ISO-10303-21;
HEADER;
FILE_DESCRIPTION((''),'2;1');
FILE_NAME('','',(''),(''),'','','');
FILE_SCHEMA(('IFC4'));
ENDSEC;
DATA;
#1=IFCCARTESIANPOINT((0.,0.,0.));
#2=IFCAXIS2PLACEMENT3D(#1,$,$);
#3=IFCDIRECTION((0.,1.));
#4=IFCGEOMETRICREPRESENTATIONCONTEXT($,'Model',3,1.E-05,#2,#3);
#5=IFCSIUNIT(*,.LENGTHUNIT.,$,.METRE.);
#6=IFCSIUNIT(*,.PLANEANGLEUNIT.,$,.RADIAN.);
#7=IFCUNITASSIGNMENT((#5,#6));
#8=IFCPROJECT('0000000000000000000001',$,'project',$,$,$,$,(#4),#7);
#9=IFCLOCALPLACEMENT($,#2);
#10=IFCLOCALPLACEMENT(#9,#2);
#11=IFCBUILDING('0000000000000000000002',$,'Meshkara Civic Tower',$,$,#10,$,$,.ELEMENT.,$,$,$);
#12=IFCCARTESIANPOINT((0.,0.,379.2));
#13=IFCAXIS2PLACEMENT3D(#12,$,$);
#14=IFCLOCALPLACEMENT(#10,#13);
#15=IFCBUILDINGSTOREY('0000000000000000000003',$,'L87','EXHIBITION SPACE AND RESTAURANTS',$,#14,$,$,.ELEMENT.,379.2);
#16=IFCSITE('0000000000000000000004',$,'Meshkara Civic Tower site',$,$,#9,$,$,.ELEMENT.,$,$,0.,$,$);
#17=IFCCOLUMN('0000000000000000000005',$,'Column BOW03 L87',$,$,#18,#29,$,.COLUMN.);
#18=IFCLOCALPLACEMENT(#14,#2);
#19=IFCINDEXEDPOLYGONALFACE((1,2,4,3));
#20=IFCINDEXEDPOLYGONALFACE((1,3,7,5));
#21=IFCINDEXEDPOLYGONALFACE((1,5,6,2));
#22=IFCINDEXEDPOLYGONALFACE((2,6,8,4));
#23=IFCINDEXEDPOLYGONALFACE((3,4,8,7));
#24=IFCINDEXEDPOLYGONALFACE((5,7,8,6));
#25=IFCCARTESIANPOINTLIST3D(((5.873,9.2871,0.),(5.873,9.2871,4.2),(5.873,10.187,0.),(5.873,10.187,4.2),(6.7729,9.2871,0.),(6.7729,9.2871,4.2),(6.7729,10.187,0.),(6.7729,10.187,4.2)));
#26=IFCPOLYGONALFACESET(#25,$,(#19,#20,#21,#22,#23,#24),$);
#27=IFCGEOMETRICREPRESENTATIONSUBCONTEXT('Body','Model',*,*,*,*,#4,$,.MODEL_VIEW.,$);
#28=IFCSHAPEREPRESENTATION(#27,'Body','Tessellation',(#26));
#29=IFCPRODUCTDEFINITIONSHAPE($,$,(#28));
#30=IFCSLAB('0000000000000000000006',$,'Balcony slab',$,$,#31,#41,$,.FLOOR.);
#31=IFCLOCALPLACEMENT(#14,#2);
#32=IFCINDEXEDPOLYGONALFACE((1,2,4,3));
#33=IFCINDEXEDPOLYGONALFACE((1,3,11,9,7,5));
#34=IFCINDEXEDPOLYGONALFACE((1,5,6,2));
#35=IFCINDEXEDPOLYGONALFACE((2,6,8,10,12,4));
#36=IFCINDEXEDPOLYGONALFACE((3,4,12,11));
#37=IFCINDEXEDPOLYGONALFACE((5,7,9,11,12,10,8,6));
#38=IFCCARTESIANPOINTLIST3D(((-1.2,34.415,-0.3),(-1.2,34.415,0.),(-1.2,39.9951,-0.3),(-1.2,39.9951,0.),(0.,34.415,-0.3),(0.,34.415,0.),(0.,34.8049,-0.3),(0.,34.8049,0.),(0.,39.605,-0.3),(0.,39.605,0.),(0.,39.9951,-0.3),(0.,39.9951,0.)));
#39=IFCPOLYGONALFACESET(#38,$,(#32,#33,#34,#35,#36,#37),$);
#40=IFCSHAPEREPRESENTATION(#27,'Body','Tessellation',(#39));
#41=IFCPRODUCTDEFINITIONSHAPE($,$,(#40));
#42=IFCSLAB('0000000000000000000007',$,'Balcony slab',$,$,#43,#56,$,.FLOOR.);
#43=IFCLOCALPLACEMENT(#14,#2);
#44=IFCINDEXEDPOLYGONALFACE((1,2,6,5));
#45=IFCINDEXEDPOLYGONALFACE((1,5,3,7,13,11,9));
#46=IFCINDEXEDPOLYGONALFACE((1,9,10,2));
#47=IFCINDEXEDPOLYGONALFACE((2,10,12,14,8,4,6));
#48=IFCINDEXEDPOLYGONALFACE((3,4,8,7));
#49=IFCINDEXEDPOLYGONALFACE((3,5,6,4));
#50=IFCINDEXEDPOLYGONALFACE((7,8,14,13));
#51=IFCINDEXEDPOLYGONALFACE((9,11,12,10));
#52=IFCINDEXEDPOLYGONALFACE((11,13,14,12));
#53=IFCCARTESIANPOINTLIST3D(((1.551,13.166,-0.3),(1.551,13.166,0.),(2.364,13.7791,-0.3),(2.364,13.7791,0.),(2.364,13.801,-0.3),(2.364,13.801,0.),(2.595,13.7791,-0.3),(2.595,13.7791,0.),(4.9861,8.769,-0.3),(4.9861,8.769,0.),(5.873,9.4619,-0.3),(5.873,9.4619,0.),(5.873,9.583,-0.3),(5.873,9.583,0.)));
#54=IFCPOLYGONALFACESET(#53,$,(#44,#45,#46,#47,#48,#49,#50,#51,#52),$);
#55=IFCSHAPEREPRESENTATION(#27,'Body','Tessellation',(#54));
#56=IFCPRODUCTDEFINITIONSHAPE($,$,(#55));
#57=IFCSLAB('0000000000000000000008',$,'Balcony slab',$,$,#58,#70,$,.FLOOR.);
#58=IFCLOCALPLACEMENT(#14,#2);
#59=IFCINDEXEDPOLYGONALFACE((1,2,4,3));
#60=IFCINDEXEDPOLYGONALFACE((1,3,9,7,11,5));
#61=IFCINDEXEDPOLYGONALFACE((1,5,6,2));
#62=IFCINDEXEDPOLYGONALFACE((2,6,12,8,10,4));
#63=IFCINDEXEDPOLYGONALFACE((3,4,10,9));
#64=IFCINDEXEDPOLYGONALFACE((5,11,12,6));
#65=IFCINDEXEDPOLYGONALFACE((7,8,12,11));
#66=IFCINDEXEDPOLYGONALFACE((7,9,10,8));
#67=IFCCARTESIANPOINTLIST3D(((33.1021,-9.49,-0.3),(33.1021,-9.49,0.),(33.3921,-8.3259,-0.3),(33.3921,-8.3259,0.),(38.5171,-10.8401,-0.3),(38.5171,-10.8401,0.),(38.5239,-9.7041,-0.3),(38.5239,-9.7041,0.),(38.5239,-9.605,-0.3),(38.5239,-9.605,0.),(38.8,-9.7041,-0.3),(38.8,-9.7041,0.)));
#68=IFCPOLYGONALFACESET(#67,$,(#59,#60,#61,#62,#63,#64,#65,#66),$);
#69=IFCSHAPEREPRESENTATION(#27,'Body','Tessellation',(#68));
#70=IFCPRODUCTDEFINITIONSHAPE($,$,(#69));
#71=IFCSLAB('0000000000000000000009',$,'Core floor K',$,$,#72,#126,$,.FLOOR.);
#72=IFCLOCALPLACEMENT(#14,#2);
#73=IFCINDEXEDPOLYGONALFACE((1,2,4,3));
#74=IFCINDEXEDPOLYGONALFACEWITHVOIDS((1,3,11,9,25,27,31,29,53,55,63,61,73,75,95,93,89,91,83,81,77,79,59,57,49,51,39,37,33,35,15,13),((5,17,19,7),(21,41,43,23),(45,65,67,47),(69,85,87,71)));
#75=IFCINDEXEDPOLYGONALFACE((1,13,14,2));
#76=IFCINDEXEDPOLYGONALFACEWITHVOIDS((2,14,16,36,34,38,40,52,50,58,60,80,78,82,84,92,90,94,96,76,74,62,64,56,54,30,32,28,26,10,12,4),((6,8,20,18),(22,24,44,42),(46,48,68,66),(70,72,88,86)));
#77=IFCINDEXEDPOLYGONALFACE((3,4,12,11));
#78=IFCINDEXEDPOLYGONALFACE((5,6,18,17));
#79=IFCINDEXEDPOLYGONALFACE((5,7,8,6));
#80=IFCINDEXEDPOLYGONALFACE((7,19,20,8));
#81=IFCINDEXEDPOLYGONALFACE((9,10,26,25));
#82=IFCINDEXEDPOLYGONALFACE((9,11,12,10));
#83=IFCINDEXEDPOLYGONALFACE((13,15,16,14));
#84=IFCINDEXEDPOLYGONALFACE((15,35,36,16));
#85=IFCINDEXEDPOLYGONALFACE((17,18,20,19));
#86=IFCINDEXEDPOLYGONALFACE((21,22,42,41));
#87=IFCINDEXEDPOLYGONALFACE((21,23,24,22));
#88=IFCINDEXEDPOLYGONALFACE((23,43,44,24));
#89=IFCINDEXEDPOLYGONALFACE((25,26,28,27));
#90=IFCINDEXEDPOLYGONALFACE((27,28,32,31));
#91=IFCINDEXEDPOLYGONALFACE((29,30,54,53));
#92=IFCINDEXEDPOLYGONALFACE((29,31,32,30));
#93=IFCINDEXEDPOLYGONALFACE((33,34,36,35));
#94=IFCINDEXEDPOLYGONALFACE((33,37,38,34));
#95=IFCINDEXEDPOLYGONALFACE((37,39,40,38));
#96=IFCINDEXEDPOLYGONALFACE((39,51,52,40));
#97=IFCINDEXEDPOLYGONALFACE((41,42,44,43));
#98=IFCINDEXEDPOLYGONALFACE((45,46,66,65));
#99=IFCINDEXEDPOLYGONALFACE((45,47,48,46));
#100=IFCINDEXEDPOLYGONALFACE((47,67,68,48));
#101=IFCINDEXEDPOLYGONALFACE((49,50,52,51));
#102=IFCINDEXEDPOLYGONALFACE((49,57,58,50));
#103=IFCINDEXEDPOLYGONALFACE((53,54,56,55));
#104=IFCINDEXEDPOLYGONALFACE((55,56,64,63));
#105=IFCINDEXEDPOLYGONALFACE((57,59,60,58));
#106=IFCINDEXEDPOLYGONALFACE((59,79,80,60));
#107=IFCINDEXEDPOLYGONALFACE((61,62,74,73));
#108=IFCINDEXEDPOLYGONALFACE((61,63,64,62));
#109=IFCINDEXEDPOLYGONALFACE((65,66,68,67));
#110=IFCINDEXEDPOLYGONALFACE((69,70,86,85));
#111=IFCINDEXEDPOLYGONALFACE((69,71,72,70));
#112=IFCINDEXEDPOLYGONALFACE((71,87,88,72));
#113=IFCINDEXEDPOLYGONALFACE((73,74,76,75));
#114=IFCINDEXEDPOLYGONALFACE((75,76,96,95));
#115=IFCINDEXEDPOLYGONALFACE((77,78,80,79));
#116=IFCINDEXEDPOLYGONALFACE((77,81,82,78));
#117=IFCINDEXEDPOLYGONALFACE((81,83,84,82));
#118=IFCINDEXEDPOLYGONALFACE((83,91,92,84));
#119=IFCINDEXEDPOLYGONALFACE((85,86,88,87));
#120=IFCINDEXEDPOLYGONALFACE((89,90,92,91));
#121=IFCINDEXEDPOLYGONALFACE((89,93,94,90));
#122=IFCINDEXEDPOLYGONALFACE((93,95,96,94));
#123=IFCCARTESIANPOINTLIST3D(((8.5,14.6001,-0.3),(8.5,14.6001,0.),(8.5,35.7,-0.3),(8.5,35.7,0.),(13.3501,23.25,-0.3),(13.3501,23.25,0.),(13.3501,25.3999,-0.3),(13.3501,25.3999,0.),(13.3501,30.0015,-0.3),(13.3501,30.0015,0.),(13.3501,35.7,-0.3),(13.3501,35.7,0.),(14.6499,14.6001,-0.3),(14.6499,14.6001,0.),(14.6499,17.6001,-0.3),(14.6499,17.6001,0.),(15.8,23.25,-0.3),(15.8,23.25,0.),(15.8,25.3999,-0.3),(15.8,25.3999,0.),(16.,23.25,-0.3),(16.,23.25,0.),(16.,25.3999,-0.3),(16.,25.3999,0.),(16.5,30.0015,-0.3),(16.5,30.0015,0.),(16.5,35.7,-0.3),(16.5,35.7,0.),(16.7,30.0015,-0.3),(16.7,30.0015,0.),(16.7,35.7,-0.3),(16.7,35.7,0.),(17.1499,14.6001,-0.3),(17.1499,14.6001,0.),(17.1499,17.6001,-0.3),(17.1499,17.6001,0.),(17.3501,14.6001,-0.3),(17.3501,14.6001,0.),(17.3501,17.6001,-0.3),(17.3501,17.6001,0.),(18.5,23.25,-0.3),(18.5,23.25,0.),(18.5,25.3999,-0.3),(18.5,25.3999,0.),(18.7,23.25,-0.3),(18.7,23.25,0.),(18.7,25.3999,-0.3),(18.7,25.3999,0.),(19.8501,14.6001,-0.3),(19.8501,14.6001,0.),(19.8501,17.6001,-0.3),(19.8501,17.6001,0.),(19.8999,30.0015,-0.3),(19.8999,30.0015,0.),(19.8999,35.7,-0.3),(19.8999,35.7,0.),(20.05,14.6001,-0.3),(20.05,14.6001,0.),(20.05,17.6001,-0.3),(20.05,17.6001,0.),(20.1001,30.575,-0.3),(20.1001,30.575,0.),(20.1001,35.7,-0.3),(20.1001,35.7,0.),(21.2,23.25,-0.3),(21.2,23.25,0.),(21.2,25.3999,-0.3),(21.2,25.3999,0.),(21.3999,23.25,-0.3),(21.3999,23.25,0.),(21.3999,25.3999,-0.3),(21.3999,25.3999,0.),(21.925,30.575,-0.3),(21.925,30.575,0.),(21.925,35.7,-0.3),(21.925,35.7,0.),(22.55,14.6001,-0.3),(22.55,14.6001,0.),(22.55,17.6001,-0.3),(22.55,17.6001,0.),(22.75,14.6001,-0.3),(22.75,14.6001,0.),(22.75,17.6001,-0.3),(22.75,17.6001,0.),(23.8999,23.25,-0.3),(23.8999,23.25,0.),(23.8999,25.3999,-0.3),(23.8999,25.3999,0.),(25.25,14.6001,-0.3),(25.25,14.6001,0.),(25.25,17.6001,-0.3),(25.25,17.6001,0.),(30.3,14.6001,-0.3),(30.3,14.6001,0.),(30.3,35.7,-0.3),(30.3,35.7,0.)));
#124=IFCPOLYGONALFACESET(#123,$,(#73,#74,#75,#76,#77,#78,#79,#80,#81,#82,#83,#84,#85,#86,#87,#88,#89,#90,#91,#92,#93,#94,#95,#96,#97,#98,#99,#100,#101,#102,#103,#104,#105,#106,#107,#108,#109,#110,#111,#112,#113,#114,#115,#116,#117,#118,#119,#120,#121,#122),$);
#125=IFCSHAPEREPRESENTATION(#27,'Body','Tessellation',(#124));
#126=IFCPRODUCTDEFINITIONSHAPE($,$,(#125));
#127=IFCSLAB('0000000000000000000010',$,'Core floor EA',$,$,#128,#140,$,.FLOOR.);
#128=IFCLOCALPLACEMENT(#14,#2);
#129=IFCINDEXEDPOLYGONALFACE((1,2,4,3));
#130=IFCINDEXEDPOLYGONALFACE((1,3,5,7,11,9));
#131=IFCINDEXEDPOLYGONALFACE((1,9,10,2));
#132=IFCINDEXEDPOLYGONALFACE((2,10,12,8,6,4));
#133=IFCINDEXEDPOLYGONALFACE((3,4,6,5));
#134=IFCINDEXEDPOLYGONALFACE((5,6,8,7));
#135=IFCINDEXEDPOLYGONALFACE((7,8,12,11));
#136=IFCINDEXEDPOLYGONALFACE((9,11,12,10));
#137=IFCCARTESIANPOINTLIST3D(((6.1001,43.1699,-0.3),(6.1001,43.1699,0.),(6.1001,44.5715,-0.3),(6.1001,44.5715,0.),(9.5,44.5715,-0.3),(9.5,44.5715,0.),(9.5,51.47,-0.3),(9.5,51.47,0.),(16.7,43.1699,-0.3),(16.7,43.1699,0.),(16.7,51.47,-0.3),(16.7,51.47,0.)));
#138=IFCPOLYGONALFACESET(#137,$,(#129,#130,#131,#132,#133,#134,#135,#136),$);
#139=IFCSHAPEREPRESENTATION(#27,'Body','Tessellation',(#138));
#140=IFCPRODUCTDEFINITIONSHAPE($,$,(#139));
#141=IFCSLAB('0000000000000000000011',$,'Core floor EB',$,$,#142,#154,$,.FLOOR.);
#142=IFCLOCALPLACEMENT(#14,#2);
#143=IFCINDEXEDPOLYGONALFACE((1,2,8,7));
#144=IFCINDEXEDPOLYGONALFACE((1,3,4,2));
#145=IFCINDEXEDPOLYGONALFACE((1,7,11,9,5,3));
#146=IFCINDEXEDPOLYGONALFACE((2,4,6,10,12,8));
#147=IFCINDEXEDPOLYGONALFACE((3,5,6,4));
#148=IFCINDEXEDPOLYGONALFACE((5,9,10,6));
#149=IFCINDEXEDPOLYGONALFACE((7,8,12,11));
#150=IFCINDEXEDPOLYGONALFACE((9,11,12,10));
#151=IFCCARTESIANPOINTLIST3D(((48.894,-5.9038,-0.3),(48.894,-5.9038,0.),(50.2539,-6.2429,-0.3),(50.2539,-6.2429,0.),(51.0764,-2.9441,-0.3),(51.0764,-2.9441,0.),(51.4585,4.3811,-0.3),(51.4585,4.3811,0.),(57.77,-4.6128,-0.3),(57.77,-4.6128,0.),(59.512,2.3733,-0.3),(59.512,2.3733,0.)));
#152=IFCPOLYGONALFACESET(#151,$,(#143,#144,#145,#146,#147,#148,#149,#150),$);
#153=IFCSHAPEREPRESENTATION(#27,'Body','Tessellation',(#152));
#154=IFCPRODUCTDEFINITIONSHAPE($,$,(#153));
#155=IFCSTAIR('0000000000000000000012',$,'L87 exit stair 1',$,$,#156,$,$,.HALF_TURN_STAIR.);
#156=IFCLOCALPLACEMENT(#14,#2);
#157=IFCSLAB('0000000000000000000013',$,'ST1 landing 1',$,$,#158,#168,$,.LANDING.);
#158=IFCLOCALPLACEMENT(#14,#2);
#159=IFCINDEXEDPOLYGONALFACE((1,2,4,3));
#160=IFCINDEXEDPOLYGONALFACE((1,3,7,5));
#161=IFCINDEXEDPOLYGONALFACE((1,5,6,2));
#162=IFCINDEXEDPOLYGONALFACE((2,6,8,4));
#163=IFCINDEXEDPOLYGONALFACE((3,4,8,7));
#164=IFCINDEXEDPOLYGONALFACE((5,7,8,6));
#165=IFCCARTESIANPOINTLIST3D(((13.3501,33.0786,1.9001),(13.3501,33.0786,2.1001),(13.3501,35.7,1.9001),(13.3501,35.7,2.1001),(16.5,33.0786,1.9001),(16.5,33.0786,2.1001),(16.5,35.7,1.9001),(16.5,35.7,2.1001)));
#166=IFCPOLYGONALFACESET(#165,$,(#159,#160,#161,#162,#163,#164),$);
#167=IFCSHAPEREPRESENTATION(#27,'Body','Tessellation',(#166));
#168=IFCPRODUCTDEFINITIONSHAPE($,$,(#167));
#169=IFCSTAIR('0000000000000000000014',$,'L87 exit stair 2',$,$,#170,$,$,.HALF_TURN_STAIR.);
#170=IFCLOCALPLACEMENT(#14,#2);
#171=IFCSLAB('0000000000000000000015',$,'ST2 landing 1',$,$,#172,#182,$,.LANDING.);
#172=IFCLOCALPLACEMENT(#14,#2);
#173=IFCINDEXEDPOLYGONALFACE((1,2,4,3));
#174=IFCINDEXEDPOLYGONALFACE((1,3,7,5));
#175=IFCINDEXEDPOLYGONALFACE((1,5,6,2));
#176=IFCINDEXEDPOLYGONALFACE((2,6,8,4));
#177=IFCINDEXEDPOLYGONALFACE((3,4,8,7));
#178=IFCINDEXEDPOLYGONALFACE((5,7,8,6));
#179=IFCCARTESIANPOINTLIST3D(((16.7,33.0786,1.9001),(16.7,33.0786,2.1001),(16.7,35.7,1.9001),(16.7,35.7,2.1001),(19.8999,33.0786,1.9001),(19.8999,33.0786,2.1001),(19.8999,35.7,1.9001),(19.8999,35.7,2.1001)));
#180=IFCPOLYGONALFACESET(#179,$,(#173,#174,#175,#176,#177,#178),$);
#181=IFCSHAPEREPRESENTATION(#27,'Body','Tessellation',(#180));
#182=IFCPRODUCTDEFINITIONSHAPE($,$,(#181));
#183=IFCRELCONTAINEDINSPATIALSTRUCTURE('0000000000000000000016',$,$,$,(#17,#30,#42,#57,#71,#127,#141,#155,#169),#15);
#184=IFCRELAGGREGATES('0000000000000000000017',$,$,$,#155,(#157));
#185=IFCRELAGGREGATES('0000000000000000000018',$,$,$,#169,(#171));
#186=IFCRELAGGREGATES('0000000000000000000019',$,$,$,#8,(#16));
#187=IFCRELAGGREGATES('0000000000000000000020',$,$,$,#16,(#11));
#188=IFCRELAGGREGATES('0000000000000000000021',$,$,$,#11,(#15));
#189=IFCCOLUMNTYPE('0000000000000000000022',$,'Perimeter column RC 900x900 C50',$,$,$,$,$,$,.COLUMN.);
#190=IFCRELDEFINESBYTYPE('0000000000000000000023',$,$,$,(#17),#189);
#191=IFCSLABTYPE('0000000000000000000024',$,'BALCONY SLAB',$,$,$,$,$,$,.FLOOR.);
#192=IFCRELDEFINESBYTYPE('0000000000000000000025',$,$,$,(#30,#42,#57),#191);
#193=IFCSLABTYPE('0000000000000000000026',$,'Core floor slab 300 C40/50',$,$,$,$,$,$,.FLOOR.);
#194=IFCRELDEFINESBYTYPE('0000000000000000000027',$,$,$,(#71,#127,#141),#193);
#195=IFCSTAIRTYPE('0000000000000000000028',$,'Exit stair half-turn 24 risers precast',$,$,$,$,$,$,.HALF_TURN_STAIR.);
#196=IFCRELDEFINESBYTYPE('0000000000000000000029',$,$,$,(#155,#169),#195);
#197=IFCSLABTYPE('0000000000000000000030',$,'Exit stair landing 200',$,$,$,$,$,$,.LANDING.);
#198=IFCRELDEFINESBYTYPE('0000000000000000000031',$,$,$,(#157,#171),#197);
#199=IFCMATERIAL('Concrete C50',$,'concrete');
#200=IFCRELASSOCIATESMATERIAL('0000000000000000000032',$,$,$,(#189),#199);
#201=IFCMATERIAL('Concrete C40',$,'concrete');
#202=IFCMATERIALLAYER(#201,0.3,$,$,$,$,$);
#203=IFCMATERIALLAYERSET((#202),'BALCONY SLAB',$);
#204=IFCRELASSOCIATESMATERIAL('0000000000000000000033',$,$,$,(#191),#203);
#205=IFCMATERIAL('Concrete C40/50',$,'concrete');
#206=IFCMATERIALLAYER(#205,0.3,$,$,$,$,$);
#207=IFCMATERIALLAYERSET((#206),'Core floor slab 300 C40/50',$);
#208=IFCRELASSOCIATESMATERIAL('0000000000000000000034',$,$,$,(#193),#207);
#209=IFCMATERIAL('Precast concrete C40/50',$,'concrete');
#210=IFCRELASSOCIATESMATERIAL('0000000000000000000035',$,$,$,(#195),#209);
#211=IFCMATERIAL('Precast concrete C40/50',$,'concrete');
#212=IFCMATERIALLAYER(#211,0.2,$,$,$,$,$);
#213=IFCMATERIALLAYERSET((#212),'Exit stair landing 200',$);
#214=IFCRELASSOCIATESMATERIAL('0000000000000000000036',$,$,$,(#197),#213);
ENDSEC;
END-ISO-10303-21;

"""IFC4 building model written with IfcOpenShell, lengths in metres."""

from ifc_helpers import new_model, si_unit, direction, frame, origin, origin_2d, place, context, subcontext, project, spatial, polyline, rectangle, outline, extrude, material, layer, layer_set, material_profile, profile_set, type_object, element, aggregate, save


model = new_model("IFC4")

# Units and contexts
model_context = context("Model", 3, precision=1e-05, world=origin(), true_north=direction((0.0, 1.0)))
body_context = subcontext(model_context, "Body", "Model", "MODEL_VIEW")
ifc_project = project(units=[si_unit("LENGTHUNIT", "METRE"), si_unit("PLANEANGLEUNIT", "RADIAN")], contexts=[model_context])

# Site, building, storey
site_placement = place(None, origin())
site = spatial("IfcSite", under=ifc_project, at=site_placement, Name="Meshkara Civic Tower site", CompositionType="ELEMENT", RefElevation=0.0)
building_placement = place(site_placement, origin())
building = spatial("IfcBuilding", under=site, at=building_placement, Name="Meshkara Civic Tower", CompositionType="ELEMENT")
storey_placement = place(building_placement, frame((0.0, 0.0, 379.2)))
storey = spatial("IfcBuildingStorey", under=building, at=storey_placement, Name="L87", Description="EXHIBITION SPACE AND RESTAURANTS", CompositionType="ELEMENT", Elevation=379.2)

# Column
ifc_material_1 = material(Name="Concrete C50", Category="concrete")
ifc_material_profile = material_profile(ifc_material_1, rectangle(XDim=0.8999, YDim=0.8999, at=origin_2d()))
ifc_profile_set = profile_set([ifc_material_profile], Name="Concrete C50")
column_type = type_object("IfcColumnType", Name="Perimeter column RC 900x900 C50", PredefinedType="COLUMN", material=ifc_profile_set)
column_placement = place(storey_placement, frame((6.323, 9.7371, 0.0), z_axis=(0.0, 0.0, 1.0), x_axis=(1.0, 0.0, 0.0)))
element("IfcColumn", 1, at=column_placement, inside=storey, type_object=column_type, Name="Column BOW03 L87", PredefinedType="COLUMN", context=body_context, shape_type="SweptSolid", body=[
    extrude(rectangle(XDim=0.8999, YDim=0.8999, at=origin_2d()), origin(), (0.0, 0.0, 1.0), 4.2),
])

# Slabs
ifc_material_2 = material(Name="Concrete C40", Category="concrete")
ifc_layer_1 = layer(ifc_material_2, 0.3)
ifc_layer_set_1 = layer_set([ifc_layer_1], Name="BALCONY SLAB")
slab_type_1 = type_object("IfcSlabType", Name="BALCONY SLAB", PredefinedType="FLOOR", material=ifc_layer_set_1)
slab_1_placement = place(storey_placement, frame((0.0, 0.0, -0.3)))
element("IfcSlab", 2, at=slab_1_placement, inside=storey, type_object=slab_type_1, Name="Balcony slab", PredefinedType="FLOOR", context=body_context, shape_type="SweptSolid", body=[
    extrude(outline(polyline([(0.0, 34.8049), (0.0, 34.415), (-1.2, 34.415), (-1.2, 39.9951), (0.0, 39.9951), (0.0, 39.605), (0.0, 34.8049)])), origin(), (0.0, 0.0, 1.0), 0.3),
])
slab_2_placement = place(storey_placement, frame((0.0, 0.0, -0.3)))
element("IfcSlab", 3, at=slab_2_placement, inside=storey, type_object=slab_type_1, Name="Balcony slab", PredefinedType="FLOOR", context=body_context, shape_type="SweptSolid", body=[
    extrude(outline(polyline([(4.9861, 8.769), (1.551, 13.166), (2.364, 13.801), (2.364, 13.7791), (2.595, 13.7791), (5.873, 9.583), (5.873, 9.4619), (4.9861, 8.769)])), origin(), (0.0, 0.0, 1.0), 0.3),
])
slab_3_placement = place(storey_placement, frame((0.0, 0.0, -0.3)))
element("IfcSlab", 4, at=slab_3_placement, inside=storey, type_object=slab_type_1, Name="Balcony slab", PredefinedType="FLOOR", context=body_context, shape_type="SweptSolid", body=[
    extrude(outline(polyline([(38.5171, -10.8401), (33.1021, -9.49), (33.3921, -8.3259), (38.5239, -9.605), (38.5239, -9.7041), (38.8, -9.7041), (38.5171, -10.8401)])), origin(), (0.0, 0.0, 1.0), 0.3),
])
ifc_material_3 = material(Name="Concrete C40/50", Category="concrete")
ifc_layer_2 = layer(ifc_material_3, 0.3)
ifc_layer_set_2 = layer_set([ifc_layer_2], Name="Core floor slab 300 C40/50")
slab_type_2 = type_object("IfcSlabType", Name="Core floor slab 300 C40/50", PredefinedType="FLOOR", material=ifc_layer_set_2)
slab_4_placement = place(storey_placement, frame((0.0, 0.0, -0.3)))
element("IfcSlab", 5, at=slab_4_placement, inside=storey, type_object=slab_type_2, Name="Core floor K", PredefinedType="FLOOR", context=body_context, shape_type="SweptSolid", body=[
    extrude(outline(polyline([(8.5, 35.7), (13.3501, 35.7), (13.3501, 30.0015), (16.5, 30.0015), (16.5, 35.7), (16.7, 35.7), (16.7, 30.0015), (19.8999, 30.0015), (19.8999, 35.7), (20.1001, 35.7), (20.1001, 30.575), (21.925, 30.575), (21.925, 35.7), (30.3, 35.7), (30.3, 14.6001), (25.25, 14.6001), (25.25, 17.6001), (22.75, 17.6001), (22.75, 14.6001), (22.55, 14.6001), (22.55, 17.6001), (20.05, 17.6001), (20.05, 14.6001), (19.8501, 14.6001), (19.8501, 17.6001), (17.3501, 17.6001), (17.3501, 14.6001), (17.1499, 14.6001), (17.1499, 17.6001), (14.6499, 17.6001), (14.6499, 14.6001), (8.5, 14.6001), (8.5, 35.7)]), holes=[polyline([(13.3501, 23.25), (15.8, 23.25), (15.8, 25.3999), (13.3501, 25.3999), (13.3501, 23.25)]), polyline([(18.5, 23.25), (18.5, 25.3999), (16.0, 25.3999), (16.0, 23.25), (18.5, 23.25)]), polyline([(18.7, 23.25), (21.2, 23.25), (21.2, 25.3999), (18.7, 25.3999), (18.7, 23.25)]), polyline([(23.8999, 23.25), (23.8999, 25.3999), (21.3999, 25.3999), (21.3999, 23.25), (23.8999, 23.25)])]), origin(), (0.0, 0.0, 1.0), 0.3),
])
slab_5_placement = place(storey_placement, frame((0.0, 0.0, -0.3)))
element("IfcSlab", 6, at=slab_5_placement, inside=storey, type_object=slab_type_2, Name="Core floor EA", PredefinedType="FLOOR", context=body_context, shape_type="SweptSolid", body=[
    extrude(outline(polyline([(16.7, 43.1699), (16.7, 51.47), (9.5, 51.47), (9.5, 44.5715), (6.1001, 44.5715), (6.1001, 43.1699), (16.7, 43.1699)])), origin(), (0.0, 0.0, 1.0), 0.3),
])
slab_6_placement = place(storey_placement, frame((0.0, 0.0, -0.3)))
element("IfcSlab", 7, at=slab_6_placement, inside=storey, type_object=slab_type_2, Name="Core floor EB", PredefinedType="FLOOR", context=body_context, shape_type="SweptSolid", body=[
    extrude(outline(polyline([(51.4585, 4.3811), (59.512, 2.3733), (57.77, -4.6128), (51.0764, -2.9441), (50.2539, -6.2429), (48.894, -5.9038), (51.4585, 4.3811)])), origin(), (0.0, 0.0, 1.0), 0.3),
])

# Stairs, slabs
ifc_material_4 = material(Name="Precast concrete C40/50", Category="concrete")
stair_type = type_object("IfcStairType", Name="Exit stair half-turn 24 risers precast", PredefinedType="HALF_TURN_STAIR", material=ifc_material_4)
stair_1_placement = place(storey_placement, origin())
stair_1 = element("IfcStair", 8, at=stair_1_placement, inside=storey, type_object=stair_type, Name="L87 exit stair 1", PredefinedType="HALF_TURN_STAIR")
ifc_material_5 = material(Name="Precast concrete C40/50", Category="concrete")
ifc_layer_3 = layer(ifc_material_5, 0.2)
ifc_layer_set_3 = layer_set([ifc_layer_3], Name="Exit stair landing 200")
slab_type_3 = type_object("IfcSlabType", Name="Exit stair landing 200", PredefinedType="LANDING", material=ifc_layer_set_3)
slab_7_placement = place(storey_placement, frame((0.0, 0.0, 1.9001)))
slab_7 = element("IfcSlab", 9, at=slab_7_placement, type_object=slab_type_3, Name="ST1 landing 1", PredefinedType="LANDING", context=body_context, shape_type="SweptSolid", body=[
    extrude(outline(polyline([(16.5, 33.0786), (16.5, 35.7), (13.3501, 35.7), (13.3501, 33.0786), (16.5, 33.0786)])), origin(), (0.0, 0.0, 1.0), 0.2),
])
aggregate(stair_1, [slab_7])
stair_2_placement = place(storey_placement, origin())
stair_2 = element("IfcStair", 10, at=stair_2_placement, inside=storey, type_object=stair_type, Name="L87 exit stair 2", PredefinedType="HALF_TURN_STAIR")
slab_8_placement = place(storey_placement, frame((0.0, 0.0, 1.9001)))
slab_8 = element("IfcSlab", 11, at=slab_8_placement, type_object=slab_type_3, Name="ST2 landing 1", PredefinedType="LANDING", context=body_context, shape_type="SweptSolid", body=[
    extrude(outline(polyline([(19.8999, 33.0786), (19.8999, 35.7), (16.7, 35.7), (16.7, 33.0786), (19.8999, 33.0786)])), origin(), (0.0, 0.0, 1.0), 0.2),
])
aggregate(stair_2, [slab_8])

save(model, "model.ifc")
